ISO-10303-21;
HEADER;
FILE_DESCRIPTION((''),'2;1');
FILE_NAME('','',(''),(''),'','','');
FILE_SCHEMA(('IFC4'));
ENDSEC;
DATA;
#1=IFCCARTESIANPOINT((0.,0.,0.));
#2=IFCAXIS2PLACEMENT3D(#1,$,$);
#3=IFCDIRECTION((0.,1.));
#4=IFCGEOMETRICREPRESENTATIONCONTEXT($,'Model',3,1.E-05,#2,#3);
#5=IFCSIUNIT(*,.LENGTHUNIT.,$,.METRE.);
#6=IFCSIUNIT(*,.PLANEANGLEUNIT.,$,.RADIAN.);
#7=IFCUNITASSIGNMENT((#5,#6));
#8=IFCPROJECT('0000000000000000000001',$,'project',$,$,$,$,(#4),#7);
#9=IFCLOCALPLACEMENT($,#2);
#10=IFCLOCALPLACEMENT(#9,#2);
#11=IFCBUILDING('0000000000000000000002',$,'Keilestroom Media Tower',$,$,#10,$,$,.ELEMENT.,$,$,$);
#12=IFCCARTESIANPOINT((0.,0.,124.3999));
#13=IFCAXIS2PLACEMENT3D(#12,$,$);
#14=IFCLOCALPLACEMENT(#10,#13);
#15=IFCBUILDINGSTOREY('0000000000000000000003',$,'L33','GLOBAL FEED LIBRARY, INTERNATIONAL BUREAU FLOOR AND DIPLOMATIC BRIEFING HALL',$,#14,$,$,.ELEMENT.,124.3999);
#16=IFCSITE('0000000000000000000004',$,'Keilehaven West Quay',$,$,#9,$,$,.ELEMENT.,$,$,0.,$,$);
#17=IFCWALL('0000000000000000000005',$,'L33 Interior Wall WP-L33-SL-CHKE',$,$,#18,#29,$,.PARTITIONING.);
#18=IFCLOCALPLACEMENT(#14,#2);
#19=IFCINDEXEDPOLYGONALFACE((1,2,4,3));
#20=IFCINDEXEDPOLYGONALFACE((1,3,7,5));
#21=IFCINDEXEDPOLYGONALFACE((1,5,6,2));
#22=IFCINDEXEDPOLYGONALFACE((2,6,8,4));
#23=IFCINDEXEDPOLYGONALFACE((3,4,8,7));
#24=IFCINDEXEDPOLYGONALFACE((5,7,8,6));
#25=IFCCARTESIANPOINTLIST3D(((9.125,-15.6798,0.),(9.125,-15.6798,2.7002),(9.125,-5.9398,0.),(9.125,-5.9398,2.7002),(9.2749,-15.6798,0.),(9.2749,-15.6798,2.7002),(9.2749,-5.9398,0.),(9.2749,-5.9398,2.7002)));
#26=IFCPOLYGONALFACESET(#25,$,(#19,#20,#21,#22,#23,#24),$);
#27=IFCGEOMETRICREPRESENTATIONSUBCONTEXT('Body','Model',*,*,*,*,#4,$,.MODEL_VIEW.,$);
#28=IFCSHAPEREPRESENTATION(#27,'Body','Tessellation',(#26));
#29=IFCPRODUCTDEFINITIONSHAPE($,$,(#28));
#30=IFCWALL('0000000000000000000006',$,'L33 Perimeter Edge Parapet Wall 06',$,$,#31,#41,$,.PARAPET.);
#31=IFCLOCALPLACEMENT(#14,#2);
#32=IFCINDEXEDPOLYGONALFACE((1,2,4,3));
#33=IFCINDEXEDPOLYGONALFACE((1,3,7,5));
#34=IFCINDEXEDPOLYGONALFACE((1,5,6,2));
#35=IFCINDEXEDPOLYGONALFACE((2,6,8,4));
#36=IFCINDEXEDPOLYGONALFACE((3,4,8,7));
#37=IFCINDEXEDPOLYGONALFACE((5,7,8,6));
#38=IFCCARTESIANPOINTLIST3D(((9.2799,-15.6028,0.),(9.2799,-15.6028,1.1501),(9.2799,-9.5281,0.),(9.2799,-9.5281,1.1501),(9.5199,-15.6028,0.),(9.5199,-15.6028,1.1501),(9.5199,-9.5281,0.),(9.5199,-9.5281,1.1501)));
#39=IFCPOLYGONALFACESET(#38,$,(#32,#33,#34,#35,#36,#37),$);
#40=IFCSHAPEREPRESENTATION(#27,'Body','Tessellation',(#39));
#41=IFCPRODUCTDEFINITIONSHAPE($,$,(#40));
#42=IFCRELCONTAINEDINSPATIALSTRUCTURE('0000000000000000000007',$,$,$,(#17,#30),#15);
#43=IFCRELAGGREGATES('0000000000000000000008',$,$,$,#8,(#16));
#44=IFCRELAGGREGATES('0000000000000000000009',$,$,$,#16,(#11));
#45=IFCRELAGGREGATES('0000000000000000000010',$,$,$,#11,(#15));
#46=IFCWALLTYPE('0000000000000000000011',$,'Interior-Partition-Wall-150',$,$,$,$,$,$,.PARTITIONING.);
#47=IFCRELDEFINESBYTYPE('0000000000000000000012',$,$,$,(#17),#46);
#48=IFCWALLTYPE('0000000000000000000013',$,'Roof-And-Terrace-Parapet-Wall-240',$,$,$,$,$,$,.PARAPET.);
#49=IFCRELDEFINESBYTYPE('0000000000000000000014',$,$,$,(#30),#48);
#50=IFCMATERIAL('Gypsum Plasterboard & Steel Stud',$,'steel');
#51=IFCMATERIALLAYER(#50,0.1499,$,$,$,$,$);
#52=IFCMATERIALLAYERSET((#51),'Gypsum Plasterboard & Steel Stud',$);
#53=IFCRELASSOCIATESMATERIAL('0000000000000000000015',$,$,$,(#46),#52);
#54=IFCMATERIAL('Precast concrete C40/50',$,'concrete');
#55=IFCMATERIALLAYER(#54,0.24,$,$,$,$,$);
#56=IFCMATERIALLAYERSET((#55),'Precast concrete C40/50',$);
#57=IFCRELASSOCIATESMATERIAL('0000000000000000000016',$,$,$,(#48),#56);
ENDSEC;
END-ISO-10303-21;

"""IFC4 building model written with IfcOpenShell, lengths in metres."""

from ifc_helpers import new_model, si_unit, direction, frame, frame_2d, origin, place, context, subcontext, project, spatial, rectangle, extrude, material, layer, layer_set, type_object, element, save


model = new_model("IFC4")

# Units and contexts
model_context = context("Model", 3, precision=1e-05, world=origin(), true_north=direction((0.0, 1.0)))
body_context = subcontext(model_context, "Body", "Model", "MODEL_VIEW")
ifc_project = project(units=[si_unit("LENGTHUNIT", "METRE"), si_unit("PLANEANGLEUNIT", "RADIAN")], contexts=[model_context])

# Site, building, storey
site_placement = place(None, origin())
site = spatial("IfcSite", under=ifc_project, at=site_placement, Name="Keilehaven West Quay", CompositionType="ELEMENT", RefElevation=0.0)
building_placement = place(site_placement, origin())
building = spatial("IfcBuilding", under=site, at=building_placement, Name="Keilestroom Media Tower", CompositionType="ELEMENT")
storey_placement = place(building_placement, frame((0.0, 0.0, 124.3999)))
storey = spatial("IfcBuildingStorey", under=building, at=storey_placement, Name="L33", Description="GLOBAL FEED LIBRARY, INTERNATIONAL BUREAU FLOOR AND DIPLOMATIC BRIEFING HALL", CompositionType="ELEMENT", Elevation=124.3999)

# Walls
ifc_material_1 = material(Name="Gypsum Plasterboard & Steel Stud", Category="steel")
ifc_layer_1 = layer(ifc_material_1, 0.1499)
ifc_layer_set_1 = layer_set([ifc_layer_1], Name="Gypsum Plasterboard & Steel Stud")
wall_type_1 = type_object("IfcWallType", Name="Interior-Partition-Wall-150", PredefinedType="PARTITIONING", material=ifc_layer_set_1)
wall_1_placement = place(storey_placement, frame((9.2, -15.6799, 0.0), z_axis=(0.0, 0.0, 1.0), x_axis=(0.0, 1.0, 0.0)))
element("IfcWall", 1, at=wall_1_placement, inside=storey, type_object=wall_type_1, Name="L33 Interior Wall WP-L33-SL-CHKE", PredefinedType="PARTITIONING", context=body_context, shape_type="SweptSolid", body=[
    extrude(rectangle(XDim=9.74, YDim=0.1499, at=frame_2d((4.8701, 0.0))), origin(), (0.0, 0.0, 1.0), 2.7002),
])
ifc_material_2 = material(Name="Precast concrete C40/50", Category="concrete")
ifc_layer_2 = layer(ifc_material_2, 0.24)
ifc_layer_set_2 = layer_set([ifc_layer_2], Name="Precast concrete C40/50")
wall_type_2 = type_object("IfcWallType", Name="Roof-And-Terrace-Parapet-Wall-240", PredefinedType="PARAPET", material=ifc_layer_set_2)
wall_2_placement = place(storey_placement, frame((9.3999, -9.5281, 0.0), z_axis=(0.0, 0.0, 1.0), x_axis=(0.0, -1.0, 0.0)))
element("IfcWall", 2, at=wall_2_placement, inside=storey, type_object=wall_type_2, Name="L33 Perimeter Edge Parapet Wall 06", PredefinedType="PARAPET", context=body_context, shape_type="SweptSolid", body=[
    extrude(rectangle(XDim=6.0747, YDim=0.24, at=frame_2d((3.0374, 0.0))), origin(), (0.0, 0.0, 1.0), 1.1501),
])

save(model, "model.ifc")
